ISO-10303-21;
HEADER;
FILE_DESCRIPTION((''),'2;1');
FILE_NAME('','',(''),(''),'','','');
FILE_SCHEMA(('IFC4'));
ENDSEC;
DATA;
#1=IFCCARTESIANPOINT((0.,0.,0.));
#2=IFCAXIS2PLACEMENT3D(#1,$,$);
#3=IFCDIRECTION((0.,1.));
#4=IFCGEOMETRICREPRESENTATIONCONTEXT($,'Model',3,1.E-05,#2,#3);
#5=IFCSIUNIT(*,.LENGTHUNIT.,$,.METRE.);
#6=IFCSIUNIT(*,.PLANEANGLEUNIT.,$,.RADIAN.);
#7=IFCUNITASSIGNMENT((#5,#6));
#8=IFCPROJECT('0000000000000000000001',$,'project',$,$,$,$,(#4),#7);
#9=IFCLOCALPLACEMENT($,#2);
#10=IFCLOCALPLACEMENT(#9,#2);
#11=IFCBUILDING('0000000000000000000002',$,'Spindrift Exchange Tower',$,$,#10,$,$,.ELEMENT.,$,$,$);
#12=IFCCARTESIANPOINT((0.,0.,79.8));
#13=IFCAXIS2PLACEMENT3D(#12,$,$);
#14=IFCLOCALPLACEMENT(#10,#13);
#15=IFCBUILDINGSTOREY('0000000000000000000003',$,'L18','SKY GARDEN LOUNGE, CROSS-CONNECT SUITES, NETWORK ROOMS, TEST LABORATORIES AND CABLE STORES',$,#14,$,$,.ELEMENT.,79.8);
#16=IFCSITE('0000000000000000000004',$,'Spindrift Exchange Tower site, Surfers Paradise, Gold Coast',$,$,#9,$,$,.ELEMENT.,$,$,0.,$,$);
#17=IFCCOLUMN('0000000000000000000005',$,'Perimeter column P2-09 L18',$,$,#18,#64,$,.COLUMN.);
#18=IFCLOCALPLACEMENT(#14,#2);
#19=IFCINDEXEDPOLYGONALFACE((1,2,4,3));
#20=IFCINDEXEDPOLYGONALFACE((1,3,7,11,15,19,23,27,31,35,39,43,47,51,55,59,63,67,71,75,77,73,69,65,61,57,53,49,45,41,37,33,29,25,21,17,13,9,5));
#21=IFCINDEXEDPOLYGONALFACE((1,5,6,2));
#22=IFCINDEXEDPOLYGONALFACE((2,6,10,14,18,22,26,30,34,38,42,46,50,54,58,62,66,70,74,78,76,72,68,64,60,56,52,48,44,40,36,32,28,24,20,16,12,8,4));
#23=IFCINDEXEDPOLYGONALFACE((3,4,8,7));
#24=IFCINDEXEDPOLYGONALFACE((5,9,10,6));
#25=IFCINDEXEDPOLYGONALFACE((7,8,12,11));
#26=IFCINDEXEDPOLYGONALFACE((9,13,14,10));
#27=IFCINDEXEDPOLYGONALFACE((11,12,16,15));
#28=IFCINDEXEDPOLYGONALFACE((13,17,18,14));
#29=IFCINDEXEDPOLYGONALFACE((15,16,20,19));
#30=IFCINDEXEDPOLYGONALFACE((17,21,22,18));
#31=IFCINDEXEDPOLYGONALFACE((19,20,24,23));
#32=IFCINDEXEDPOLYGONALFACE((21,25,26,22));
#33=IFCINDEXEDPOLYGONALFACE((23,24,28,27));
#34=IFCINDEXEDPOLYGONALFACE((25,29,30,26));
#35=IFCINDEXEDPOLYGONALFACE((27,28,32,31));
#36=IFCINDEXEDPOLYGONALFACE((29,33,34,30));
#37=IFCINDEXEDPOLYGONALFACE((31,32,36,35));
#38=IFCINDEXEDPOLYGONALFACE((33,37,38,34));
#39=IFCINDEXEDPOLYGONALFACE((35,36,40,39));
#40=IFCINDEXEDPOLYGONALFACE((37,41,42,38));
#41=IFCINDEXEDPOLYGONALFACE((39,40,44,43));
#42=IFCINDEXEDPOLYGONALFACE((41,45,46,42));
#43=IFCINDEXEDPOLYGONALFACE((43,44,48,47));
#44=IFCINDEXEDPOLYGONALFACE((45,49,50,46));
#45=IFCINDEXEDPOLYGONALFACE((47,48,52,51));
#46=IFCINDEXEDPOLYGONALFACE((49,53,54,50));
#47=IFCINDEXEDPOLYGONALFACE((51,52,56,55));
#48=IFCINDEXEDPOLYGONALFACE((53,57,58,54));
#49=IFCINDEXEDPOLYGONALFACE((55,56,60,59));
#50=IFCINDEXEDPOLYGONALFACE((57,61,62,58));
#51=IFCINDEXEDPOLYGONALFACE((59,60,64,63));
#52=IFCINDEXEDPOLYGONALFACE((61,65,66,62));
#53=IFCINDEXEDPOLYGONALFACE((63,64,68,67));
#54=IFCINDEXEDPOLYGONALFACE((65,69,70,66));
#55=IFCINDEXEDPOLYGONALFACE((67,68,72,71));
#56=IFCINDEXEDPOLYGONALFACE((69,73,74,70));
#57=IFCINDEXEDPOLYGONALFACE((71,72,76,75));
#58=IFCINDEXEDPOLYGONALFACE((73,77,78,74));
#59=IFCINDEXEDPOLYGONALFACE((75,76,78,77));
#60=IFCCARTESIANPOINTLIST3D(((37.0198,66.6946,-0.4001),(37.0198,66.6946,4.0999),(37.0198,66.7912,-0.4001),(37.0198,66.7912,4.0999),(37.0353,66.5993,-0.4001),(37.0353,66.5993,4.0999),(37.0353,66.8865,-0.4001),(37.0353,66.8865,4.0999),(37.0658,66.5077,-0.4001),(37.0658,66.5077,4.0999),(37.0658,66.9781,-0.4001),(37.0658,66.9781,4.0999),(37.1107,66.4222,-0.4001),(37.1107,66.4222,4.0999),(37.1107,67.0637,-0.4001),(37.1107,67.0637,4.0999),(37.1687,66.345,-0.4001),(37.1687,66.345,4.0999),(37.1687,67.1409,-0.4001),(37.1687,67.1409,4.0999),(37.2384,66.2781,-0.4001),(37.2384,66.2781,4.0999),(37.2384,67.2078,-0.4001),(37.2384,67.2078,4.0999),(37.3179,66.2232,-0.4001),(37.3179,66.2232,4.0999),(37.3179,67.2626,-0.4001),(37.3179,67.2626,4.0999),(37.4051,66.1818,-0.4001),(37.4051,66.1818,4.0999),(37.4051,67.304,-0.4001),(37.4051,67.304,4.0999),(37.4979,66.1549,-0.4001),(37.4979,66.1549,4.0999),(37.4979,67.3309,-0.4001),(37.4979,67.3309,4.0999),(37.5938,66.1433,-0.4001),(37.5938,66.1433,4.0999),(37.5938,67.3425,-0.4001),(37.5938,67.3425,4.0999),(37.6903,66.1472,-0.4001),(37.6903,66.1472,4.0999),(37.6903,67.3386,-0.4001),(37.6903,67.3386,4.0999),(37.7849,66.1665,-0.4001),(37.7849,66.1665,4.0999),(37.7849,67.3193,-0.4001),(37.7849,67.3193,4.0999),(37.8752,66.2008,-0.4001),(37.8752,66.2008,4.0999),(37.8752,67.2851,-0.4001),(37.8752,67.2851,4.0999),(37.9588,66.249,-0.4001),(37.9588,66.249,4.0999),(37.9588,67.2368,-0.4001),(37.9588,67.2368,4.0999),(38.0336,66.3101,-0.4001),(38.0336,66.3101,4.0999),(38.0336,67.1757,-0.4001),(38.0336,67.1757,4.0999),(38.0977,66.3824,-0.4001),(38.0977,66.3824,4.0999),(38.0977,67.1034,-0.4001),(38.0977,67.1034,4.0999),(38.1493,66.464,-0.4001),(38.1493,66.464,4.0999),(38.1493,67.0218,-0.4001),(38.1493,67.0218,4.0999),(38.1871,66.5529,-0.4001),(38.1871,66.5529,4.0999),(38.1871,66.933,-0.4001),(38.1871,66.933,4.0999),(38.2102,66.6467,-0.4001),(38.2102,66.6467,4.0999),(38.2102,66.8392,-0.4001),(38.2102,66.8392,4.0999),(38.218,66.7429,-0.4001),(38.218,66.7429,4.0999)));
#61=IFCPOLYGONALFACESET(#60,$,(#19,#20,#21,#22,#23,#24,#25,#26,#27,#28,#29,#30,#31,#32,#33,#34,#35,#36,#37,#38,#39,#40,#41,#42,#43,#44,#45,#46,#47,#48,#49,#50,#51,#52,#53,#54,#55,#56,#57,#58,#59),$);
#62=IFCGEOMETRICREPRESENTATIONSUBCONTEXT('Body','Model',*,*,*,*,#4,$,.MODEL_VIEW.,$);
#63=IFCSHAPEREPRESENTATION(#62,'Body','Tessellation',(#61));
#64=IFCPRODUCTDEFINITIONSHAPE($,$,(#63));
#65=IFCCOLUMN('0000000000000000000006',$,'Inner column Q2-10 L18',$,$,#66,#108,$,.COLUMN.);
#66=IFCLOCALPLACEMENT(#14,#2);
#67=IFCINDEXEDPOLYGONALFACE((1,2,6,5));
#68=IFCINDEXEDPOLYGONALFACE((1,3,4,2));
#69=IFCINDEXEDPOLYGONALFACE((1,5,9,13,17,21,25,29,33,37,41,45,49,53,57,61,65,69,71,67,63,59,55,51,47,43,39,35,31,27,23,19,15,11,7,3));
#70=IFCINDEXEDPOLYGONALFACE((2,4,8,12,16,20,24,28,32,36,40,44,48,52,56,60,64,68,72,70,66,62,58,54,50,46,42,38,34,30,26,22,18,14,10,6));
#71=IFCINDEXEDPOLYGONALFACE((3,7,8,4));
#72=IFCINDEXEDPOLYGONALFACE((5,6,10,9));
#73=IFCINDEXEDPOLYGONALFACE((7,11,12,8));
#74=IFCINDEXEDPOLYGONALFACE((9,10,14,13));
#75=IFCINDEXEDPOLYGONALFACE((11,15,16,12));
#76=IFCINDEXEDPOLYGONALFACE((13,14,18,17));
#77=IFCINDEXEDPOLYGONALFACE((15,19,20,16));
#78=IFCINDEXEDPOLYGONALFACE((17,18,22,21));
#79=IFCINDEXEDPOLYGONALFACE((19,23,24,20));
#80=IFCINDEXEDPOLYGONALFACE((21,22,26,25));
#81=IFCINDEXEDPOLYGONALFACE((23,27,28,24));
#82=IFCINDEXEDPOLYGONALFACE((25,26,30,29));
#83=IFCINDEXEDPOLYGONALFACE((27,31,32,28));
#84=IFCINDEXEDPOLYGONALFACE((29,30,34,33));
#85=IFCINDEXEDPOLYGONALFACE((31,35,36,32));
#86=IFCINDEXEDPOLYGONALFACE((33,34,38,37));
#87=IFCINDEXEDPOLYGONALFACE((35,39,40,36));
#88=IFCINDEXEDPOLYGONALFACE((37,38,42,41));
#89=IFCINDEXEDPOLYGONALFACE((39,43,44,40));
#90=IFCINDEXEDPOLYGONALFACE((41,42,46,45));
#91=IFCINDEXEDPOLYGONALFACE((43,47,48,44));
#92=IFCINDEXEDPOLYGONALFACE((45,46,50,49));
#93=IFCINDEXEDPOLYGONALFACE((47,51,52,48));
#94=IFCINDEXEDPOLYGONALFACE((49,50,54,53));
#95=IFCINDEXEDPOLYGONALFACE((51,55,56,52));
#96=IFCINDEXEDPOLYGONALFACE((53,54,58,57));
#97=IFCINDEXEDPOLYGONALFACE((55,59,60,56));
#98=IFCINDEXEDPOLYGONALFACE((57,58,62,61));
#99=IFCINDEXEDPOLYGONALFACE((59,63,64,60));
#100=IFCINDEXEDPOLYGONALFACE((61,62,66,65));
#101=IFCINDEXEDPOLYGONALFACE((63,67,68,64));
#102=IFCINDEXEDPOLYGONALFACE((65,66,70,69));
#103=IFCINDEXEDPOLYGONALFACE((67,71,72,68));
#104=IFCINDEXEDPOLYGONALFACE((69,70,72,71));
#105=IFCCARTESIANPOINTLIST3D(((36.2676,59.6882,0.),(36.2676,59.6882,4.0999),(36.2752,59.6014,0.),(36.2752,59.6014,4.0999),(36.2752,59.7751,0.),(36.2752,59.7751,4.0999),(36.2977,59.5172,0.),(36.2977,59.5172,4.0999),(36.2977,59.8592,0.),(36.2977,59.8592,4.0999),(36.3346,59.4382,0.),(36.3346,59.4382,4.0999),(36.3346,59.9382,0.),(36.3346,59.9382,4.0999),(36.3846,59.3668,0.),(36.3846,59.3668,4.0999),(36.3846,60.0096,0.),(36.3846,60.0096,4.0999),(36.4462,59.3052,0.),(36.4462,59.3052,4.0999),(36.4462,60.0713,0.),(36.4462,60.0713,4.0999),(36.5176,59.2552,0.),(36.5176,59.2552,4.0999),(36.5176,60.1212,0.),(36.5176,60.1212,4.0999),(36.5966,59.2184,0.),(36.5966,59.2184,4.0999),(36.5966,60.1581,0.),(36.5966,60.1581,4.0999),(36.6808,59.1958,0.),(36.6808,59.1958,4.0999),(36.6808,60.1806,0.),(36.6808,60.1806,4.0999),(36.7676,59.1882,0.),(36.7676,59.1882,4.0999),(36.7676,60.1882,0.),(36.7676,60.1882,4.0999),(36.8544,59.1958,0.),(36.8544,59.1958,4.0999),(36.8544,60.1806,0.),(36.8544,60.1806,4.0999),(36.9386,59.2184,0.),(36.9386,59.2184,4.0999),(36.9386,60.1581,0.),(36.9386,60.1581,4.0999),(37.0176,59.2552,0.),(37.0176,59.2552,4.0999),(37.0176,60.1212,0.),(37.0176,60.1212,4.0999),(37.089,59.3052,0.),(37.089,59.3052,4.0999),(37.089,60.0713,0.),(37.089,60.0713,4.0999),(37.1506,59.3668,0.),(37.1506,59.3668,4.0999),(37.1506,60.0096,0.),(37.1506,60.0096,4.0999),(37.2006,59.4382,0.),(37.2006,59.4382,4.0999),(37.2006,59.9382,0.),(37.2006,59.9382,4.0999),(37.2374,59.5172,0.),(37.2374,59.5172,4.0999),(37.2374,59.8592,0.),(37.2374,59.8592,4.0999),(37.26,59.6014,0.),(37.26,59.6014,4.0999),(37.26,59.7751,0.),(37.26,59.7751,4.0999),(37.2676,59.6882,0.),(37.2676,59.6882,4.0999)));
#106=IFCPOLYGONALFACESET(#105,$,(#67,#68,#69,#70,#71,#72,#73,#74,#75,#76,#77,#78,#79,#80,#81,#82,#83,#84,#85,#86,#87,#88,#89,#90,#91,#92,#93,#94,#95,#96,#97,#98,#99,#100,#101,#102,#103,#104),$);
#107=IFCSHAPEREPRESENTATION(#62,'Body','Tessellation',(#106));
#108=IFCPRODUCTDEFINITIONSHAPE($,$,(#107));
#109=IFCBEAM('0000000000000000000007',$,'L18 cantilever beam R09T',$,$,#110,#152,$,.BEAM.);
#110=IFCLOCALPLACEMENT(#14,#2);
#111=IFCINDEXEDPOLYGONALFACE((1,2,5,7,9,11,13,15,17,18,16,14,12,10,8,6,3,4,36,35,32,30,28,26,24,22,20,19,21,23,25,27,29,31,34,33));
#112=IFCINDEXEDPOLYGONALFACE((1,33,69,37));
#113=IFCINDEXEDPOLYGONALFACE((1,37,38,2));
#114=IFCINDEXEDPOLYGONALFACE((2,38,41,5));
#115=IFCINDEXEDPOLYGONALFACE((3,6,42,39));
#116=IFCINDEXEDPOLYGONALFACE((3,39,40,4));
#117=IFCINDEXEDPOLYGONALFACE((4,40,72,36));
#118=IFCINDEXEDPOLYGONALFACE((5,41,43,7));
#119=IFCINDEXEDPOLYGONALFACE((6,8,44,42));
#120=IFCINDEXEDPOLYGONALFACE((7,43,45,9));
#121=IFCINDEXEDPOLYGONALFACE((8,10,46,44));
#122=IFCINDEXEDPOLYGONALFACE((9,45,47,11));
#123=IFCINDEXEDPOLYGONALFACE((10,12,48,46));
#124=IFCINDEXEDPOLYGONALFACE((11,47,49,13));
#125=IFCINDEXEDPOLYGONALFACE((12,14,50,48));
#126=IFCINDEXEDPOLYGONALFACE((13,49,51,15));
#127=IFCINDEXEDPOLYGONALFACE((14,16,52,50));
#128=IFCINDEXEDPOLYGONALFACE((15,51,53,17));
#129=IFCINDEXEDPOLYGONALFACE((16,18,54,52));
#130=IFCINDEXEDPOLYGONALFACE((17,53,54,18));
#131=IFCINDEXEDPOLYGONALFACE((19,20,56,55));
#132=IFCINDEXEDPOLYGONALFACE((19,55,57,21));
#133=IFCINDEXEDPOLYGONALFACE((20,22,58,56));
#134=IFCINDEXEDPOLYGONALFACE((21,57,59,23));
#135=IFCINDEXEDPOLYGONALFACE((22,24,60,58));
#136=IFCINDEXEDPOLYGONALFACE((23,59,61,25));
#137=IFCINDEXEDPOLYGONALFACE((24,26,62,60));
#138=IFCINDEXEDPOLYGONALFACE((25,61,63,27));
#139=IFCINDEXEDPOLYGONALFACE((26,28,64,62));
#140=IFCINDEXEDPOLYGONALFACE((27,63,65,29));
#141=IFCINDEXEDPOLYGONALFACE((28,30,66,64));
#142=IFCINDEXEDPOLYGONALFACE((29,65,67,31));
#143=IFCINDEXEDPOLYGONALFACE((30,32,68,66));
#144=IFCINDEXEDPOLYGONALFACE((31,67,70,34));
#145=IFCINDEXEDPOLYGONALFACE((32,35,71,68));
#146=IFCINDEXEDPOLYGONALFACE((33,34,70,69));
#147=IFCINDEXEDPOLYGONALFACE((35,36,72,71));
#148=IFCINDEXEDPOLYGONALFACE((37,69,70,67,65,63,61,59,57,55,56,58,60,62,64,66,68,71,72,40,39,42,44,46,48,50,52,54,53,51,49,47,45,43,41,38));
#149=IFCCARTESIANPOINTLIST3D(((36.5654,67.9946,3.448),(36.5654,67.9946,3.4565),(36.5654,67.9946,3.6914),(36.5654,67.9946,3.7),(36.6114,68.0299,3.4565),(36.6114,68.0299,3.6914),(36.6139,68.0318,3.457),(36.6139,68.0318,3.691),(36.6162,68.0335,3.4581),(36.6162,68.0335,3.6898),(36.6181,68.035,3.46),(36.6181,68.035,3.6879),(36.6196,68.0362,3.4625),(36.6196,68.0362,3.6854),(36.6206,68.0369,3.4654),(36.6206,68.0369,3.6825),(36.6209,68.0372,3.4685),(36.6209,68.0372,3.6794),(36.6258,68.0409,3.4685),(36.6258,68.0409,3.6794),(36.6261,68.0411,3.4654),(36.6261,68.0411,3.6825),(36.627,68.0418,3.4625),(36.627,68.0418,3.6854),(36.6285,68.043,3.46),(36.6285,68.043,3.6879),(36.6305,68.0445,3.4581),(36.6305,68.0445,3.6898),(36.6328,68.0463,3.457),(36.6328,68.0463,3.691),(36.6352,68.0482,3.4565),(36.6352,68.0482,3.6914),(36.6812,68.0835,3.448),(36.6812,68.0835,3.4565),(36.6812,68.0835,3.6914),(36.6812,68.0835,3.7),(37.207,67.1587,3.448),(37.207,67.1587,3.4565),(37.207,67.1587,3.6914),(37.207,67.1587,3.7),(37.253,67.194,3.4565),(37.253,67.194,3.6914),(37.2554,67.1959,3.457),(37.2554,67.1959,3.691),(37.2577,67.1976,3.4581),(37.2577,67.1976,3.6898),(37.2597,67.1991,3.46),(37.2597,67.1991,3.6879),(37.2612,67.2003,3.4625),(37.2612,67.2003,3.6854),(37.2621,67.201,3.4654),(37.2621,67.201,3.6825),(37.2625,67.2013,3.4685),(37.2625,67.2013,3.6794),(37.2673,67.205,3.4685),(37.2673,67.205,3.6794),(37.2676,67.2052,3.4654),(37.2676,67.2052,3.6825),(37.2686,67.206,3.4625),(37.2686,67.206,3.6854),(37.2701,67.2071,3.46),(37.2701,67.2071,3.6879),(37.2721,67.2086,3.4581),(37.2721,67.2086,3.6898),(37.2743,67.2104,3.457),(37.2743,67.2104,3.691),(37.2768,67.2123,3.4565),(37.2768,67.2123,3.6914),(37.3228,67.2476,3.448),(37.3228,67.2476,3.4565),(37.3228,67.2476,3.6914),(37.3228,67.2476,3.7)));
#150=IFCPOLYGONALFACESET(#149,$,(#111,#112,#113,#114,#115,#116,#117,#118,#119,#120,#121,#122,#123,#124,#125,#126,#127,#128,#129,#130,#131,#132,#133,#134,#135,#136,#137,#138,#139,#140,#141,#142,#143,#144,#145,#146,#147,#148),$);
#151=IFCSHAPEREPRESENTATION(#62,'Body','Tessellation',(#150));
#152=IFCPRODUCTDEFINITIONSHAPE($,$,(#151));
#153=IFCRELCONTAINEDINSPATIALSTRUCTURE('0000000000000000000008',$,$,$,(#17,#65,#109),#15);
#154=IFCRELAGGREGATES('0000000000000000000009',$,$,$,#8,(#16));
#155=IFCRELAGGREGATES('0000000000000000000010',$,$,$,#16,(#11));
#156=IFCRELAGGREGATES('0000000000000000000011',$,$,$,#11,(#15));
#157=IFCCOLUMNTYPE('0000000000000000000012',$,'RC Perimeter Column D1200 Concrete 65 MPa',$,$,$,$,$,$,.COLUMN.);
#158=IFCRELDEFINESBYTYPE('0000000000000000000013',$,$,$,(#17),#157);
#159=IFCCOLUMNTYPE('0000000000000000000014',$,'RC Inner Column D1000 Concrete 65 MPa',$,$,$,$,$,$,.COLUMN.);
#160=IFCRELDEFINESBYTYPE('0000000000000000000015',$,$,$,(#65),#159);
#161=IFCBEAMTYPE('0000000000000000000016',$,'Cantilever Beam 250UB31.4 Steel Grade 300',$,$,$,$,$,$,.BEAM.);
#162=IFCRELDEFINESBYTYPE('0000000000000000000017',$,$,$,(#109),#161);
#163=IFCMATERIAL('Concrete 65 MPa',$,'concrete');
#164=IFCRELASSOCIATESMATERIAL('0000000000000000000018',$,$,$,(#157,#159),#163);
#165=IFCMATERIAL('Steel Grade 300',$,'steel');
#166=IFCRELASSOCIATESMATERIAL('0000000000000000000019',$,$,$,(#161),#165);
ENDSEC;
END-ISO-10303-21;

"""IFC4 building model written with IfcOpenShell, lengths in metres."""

from ifc_helpers import new_model, si_unit, direction, frame, origin, origin_2d, place, context, subcontext, project, spatial, circle, i_section, extrude, source, transform, mapped, material, material_profile, profile_set, type_object, element, save


model = new_model("IFC4")

# Units and contexts
model_context = context("Model", 3, precision=1e-05, world=origin(), true_north=direction((0.0, 1.0)))
body_context = subcontext(model_context, "Body", "Model", "MODEL_VIEW")
ifc_project = project(units=[si_unit("LENGTHUNIT", "METRE"), si_unit("PLANEANGLEUNIT", "RADIAN")], contexts=[model_context])

# Site, building, storey
site_placement = place(None, origin())
site = spatial("IfcSite", under=ifc_project, at=site_placement, Name="Spindrift Exchange Tower site, Surfers Paradise, Gold Coast", CompositionType="ELEMENT", RefElevation=0.0)
building_placement = place(site_placement, origin())
building = spatial("IfcBuilding", under=site, at=building_placement, Name="Spindrift Exchange Tower", CompositionType="ELEMENT")
storey_placement = place(building_placement, frame((0.0, 0.0, 79.8)))
storey = spatial("IfcBuildingStorey", under=building, at=storey_placement, Name="L18", Description="SKY GARDEN LOUNGE, CROSS-CONNECT SUITES, NETWORK ROOMS, TEST LABORATORIES AND CABLE STORES", CompositionType="ELEMENT", Elevation=79.8)

# Columns
ifc_material_1 = material(Name="Concrete 65 MPa", Category="concrete")
ifc_material_profile_1 = material_profile(ifc_material_1, circle(Radius=0.6001, at=origin_2d()), Name="RC D1200")
ifc_profile_set_1 = profile_set([ifc_material_profile_1], Name="Concrete 65 MPa")
column_type_1 = type_object("IfcColumnType", Name="RC Perimeter Column D1200 Concrete 65 MPa", PredefinedType="COLUMN", material=ifc_profile_set_1)
shared_shape_1 = source(origin(), body_context, "Body", "SweptSolid", [
    extrude(circle(Radius=0.6001, at=origin_2d()), origin(), (0.0, 0.0, 1.0), 4.5),
])
column_1_placement = place(storey_placement, frame((37.6179, 66.7429, -0.4001), z_axis=(0.0, 0.0, 1.0), x_axis=(1.0, 0.0, 0.0)))
element("IfcColumn", 1, at=column_1_placement, inside=storey, type_object=column_type_1, Name="Perimeter column P2-09 L18", PredefinedType="COLUMN", context=body_context, shape_type="MappedRepresentation", body=[
    mapped(shared_shape_1, transform((0.0, 0.0, 0.0), scale=1.0)),
])
ifc_material_profile_2 = material_profile(ifc_material_1, circle(Radius=0.5, at=origin_2d()), Name="RC D1000")
ifc_profile_set_2 = profile_set([ifc_material_profile_2], Name="Concrete 65 MPa")
column_type_2 = type_object("IfcColumnType", Name="RC Inner Column D1000 Concrete 65 MPa", PredefinedType="COLUMN", material=ifc_profile_set_2)
shared_shape_2 = source(origin(), body_context, "Body", "SweptSolid", [
    extrude(circle(Radius=0.5, at=origin_2d()), origin(), (0.0, 0.0, 1.0), 4.0999),
])
column_2_placement = place(storey_placement, frame((36.7676, 59.6882, 0.0), z_axis=(0.0, 0.0, 1.0), x_axis=(1.0, 0.0, 0.0)))
element("IfcColumn", 2, at=column_2_placement, inside=storey, type_object=column_type_2, Name="Inner column Q2-10 L18", PredefinedType="COLUMN", context=body_context, shape_type="MappedRepresentation", body=[
    mapped(shared_shape_2, transform((0.0, 0.0, 0.0), scale=1.0)),
])

# Beam
ifc_material_2 = material(Name="Steel Grade 300", Category="steel")
ifc_material_profile_3 = material_profile(ifc_material_2, i_section(OverallWidth=0.146, OverallDepth=0.252, WebThickness=0.0061, FlangeThickness=0.0085, FilletRadius=0.012, at=origin_2d()), Name="250UB31.4")
ifc_profile_set_3 = profile_set([ifc_material_profile_3], Name="Steel Grade 300")
beam_type_1 = type_object("IfcBeamType", Name="Cantilever Beam 250UB31.4 Steel Grade 300", PredefinedType="BEAM", material=ifc_profile_set_3)
shared_shape_3 = source(origin(), body_context, "Body", "SweptSolid", [
    extrude(i_section(OverallWidth=0.146, OverallDepth=0.252, WebThickness=0.0061, FlangeThickness=0.0085, FilletRadius=0.012, at=origin_2d()), origin(), (0.0, 0.0, 1.0), 1.0537),
])
beam_1_placement = place(storey_placement, frame((37.2649, 67.2031, 3.574), z_axis=(-0.608859, 0.793278, 0.0), x_axis=(-0.793278, -0.608859, 0.0)))
element("IfcBeam", 3, at=beam_1_placement, inside=storey, type_object=beam_type_1, Name="L18 cantilever beam R09T", PredefinedType="BEAM", context=body_context, shape_type="MappedRepresentation", body=[
    mapped(shared_shape_3, transform((0.0, 0.0, 0.0), scale=1.0)),
])

save(model, "model.ifc")
